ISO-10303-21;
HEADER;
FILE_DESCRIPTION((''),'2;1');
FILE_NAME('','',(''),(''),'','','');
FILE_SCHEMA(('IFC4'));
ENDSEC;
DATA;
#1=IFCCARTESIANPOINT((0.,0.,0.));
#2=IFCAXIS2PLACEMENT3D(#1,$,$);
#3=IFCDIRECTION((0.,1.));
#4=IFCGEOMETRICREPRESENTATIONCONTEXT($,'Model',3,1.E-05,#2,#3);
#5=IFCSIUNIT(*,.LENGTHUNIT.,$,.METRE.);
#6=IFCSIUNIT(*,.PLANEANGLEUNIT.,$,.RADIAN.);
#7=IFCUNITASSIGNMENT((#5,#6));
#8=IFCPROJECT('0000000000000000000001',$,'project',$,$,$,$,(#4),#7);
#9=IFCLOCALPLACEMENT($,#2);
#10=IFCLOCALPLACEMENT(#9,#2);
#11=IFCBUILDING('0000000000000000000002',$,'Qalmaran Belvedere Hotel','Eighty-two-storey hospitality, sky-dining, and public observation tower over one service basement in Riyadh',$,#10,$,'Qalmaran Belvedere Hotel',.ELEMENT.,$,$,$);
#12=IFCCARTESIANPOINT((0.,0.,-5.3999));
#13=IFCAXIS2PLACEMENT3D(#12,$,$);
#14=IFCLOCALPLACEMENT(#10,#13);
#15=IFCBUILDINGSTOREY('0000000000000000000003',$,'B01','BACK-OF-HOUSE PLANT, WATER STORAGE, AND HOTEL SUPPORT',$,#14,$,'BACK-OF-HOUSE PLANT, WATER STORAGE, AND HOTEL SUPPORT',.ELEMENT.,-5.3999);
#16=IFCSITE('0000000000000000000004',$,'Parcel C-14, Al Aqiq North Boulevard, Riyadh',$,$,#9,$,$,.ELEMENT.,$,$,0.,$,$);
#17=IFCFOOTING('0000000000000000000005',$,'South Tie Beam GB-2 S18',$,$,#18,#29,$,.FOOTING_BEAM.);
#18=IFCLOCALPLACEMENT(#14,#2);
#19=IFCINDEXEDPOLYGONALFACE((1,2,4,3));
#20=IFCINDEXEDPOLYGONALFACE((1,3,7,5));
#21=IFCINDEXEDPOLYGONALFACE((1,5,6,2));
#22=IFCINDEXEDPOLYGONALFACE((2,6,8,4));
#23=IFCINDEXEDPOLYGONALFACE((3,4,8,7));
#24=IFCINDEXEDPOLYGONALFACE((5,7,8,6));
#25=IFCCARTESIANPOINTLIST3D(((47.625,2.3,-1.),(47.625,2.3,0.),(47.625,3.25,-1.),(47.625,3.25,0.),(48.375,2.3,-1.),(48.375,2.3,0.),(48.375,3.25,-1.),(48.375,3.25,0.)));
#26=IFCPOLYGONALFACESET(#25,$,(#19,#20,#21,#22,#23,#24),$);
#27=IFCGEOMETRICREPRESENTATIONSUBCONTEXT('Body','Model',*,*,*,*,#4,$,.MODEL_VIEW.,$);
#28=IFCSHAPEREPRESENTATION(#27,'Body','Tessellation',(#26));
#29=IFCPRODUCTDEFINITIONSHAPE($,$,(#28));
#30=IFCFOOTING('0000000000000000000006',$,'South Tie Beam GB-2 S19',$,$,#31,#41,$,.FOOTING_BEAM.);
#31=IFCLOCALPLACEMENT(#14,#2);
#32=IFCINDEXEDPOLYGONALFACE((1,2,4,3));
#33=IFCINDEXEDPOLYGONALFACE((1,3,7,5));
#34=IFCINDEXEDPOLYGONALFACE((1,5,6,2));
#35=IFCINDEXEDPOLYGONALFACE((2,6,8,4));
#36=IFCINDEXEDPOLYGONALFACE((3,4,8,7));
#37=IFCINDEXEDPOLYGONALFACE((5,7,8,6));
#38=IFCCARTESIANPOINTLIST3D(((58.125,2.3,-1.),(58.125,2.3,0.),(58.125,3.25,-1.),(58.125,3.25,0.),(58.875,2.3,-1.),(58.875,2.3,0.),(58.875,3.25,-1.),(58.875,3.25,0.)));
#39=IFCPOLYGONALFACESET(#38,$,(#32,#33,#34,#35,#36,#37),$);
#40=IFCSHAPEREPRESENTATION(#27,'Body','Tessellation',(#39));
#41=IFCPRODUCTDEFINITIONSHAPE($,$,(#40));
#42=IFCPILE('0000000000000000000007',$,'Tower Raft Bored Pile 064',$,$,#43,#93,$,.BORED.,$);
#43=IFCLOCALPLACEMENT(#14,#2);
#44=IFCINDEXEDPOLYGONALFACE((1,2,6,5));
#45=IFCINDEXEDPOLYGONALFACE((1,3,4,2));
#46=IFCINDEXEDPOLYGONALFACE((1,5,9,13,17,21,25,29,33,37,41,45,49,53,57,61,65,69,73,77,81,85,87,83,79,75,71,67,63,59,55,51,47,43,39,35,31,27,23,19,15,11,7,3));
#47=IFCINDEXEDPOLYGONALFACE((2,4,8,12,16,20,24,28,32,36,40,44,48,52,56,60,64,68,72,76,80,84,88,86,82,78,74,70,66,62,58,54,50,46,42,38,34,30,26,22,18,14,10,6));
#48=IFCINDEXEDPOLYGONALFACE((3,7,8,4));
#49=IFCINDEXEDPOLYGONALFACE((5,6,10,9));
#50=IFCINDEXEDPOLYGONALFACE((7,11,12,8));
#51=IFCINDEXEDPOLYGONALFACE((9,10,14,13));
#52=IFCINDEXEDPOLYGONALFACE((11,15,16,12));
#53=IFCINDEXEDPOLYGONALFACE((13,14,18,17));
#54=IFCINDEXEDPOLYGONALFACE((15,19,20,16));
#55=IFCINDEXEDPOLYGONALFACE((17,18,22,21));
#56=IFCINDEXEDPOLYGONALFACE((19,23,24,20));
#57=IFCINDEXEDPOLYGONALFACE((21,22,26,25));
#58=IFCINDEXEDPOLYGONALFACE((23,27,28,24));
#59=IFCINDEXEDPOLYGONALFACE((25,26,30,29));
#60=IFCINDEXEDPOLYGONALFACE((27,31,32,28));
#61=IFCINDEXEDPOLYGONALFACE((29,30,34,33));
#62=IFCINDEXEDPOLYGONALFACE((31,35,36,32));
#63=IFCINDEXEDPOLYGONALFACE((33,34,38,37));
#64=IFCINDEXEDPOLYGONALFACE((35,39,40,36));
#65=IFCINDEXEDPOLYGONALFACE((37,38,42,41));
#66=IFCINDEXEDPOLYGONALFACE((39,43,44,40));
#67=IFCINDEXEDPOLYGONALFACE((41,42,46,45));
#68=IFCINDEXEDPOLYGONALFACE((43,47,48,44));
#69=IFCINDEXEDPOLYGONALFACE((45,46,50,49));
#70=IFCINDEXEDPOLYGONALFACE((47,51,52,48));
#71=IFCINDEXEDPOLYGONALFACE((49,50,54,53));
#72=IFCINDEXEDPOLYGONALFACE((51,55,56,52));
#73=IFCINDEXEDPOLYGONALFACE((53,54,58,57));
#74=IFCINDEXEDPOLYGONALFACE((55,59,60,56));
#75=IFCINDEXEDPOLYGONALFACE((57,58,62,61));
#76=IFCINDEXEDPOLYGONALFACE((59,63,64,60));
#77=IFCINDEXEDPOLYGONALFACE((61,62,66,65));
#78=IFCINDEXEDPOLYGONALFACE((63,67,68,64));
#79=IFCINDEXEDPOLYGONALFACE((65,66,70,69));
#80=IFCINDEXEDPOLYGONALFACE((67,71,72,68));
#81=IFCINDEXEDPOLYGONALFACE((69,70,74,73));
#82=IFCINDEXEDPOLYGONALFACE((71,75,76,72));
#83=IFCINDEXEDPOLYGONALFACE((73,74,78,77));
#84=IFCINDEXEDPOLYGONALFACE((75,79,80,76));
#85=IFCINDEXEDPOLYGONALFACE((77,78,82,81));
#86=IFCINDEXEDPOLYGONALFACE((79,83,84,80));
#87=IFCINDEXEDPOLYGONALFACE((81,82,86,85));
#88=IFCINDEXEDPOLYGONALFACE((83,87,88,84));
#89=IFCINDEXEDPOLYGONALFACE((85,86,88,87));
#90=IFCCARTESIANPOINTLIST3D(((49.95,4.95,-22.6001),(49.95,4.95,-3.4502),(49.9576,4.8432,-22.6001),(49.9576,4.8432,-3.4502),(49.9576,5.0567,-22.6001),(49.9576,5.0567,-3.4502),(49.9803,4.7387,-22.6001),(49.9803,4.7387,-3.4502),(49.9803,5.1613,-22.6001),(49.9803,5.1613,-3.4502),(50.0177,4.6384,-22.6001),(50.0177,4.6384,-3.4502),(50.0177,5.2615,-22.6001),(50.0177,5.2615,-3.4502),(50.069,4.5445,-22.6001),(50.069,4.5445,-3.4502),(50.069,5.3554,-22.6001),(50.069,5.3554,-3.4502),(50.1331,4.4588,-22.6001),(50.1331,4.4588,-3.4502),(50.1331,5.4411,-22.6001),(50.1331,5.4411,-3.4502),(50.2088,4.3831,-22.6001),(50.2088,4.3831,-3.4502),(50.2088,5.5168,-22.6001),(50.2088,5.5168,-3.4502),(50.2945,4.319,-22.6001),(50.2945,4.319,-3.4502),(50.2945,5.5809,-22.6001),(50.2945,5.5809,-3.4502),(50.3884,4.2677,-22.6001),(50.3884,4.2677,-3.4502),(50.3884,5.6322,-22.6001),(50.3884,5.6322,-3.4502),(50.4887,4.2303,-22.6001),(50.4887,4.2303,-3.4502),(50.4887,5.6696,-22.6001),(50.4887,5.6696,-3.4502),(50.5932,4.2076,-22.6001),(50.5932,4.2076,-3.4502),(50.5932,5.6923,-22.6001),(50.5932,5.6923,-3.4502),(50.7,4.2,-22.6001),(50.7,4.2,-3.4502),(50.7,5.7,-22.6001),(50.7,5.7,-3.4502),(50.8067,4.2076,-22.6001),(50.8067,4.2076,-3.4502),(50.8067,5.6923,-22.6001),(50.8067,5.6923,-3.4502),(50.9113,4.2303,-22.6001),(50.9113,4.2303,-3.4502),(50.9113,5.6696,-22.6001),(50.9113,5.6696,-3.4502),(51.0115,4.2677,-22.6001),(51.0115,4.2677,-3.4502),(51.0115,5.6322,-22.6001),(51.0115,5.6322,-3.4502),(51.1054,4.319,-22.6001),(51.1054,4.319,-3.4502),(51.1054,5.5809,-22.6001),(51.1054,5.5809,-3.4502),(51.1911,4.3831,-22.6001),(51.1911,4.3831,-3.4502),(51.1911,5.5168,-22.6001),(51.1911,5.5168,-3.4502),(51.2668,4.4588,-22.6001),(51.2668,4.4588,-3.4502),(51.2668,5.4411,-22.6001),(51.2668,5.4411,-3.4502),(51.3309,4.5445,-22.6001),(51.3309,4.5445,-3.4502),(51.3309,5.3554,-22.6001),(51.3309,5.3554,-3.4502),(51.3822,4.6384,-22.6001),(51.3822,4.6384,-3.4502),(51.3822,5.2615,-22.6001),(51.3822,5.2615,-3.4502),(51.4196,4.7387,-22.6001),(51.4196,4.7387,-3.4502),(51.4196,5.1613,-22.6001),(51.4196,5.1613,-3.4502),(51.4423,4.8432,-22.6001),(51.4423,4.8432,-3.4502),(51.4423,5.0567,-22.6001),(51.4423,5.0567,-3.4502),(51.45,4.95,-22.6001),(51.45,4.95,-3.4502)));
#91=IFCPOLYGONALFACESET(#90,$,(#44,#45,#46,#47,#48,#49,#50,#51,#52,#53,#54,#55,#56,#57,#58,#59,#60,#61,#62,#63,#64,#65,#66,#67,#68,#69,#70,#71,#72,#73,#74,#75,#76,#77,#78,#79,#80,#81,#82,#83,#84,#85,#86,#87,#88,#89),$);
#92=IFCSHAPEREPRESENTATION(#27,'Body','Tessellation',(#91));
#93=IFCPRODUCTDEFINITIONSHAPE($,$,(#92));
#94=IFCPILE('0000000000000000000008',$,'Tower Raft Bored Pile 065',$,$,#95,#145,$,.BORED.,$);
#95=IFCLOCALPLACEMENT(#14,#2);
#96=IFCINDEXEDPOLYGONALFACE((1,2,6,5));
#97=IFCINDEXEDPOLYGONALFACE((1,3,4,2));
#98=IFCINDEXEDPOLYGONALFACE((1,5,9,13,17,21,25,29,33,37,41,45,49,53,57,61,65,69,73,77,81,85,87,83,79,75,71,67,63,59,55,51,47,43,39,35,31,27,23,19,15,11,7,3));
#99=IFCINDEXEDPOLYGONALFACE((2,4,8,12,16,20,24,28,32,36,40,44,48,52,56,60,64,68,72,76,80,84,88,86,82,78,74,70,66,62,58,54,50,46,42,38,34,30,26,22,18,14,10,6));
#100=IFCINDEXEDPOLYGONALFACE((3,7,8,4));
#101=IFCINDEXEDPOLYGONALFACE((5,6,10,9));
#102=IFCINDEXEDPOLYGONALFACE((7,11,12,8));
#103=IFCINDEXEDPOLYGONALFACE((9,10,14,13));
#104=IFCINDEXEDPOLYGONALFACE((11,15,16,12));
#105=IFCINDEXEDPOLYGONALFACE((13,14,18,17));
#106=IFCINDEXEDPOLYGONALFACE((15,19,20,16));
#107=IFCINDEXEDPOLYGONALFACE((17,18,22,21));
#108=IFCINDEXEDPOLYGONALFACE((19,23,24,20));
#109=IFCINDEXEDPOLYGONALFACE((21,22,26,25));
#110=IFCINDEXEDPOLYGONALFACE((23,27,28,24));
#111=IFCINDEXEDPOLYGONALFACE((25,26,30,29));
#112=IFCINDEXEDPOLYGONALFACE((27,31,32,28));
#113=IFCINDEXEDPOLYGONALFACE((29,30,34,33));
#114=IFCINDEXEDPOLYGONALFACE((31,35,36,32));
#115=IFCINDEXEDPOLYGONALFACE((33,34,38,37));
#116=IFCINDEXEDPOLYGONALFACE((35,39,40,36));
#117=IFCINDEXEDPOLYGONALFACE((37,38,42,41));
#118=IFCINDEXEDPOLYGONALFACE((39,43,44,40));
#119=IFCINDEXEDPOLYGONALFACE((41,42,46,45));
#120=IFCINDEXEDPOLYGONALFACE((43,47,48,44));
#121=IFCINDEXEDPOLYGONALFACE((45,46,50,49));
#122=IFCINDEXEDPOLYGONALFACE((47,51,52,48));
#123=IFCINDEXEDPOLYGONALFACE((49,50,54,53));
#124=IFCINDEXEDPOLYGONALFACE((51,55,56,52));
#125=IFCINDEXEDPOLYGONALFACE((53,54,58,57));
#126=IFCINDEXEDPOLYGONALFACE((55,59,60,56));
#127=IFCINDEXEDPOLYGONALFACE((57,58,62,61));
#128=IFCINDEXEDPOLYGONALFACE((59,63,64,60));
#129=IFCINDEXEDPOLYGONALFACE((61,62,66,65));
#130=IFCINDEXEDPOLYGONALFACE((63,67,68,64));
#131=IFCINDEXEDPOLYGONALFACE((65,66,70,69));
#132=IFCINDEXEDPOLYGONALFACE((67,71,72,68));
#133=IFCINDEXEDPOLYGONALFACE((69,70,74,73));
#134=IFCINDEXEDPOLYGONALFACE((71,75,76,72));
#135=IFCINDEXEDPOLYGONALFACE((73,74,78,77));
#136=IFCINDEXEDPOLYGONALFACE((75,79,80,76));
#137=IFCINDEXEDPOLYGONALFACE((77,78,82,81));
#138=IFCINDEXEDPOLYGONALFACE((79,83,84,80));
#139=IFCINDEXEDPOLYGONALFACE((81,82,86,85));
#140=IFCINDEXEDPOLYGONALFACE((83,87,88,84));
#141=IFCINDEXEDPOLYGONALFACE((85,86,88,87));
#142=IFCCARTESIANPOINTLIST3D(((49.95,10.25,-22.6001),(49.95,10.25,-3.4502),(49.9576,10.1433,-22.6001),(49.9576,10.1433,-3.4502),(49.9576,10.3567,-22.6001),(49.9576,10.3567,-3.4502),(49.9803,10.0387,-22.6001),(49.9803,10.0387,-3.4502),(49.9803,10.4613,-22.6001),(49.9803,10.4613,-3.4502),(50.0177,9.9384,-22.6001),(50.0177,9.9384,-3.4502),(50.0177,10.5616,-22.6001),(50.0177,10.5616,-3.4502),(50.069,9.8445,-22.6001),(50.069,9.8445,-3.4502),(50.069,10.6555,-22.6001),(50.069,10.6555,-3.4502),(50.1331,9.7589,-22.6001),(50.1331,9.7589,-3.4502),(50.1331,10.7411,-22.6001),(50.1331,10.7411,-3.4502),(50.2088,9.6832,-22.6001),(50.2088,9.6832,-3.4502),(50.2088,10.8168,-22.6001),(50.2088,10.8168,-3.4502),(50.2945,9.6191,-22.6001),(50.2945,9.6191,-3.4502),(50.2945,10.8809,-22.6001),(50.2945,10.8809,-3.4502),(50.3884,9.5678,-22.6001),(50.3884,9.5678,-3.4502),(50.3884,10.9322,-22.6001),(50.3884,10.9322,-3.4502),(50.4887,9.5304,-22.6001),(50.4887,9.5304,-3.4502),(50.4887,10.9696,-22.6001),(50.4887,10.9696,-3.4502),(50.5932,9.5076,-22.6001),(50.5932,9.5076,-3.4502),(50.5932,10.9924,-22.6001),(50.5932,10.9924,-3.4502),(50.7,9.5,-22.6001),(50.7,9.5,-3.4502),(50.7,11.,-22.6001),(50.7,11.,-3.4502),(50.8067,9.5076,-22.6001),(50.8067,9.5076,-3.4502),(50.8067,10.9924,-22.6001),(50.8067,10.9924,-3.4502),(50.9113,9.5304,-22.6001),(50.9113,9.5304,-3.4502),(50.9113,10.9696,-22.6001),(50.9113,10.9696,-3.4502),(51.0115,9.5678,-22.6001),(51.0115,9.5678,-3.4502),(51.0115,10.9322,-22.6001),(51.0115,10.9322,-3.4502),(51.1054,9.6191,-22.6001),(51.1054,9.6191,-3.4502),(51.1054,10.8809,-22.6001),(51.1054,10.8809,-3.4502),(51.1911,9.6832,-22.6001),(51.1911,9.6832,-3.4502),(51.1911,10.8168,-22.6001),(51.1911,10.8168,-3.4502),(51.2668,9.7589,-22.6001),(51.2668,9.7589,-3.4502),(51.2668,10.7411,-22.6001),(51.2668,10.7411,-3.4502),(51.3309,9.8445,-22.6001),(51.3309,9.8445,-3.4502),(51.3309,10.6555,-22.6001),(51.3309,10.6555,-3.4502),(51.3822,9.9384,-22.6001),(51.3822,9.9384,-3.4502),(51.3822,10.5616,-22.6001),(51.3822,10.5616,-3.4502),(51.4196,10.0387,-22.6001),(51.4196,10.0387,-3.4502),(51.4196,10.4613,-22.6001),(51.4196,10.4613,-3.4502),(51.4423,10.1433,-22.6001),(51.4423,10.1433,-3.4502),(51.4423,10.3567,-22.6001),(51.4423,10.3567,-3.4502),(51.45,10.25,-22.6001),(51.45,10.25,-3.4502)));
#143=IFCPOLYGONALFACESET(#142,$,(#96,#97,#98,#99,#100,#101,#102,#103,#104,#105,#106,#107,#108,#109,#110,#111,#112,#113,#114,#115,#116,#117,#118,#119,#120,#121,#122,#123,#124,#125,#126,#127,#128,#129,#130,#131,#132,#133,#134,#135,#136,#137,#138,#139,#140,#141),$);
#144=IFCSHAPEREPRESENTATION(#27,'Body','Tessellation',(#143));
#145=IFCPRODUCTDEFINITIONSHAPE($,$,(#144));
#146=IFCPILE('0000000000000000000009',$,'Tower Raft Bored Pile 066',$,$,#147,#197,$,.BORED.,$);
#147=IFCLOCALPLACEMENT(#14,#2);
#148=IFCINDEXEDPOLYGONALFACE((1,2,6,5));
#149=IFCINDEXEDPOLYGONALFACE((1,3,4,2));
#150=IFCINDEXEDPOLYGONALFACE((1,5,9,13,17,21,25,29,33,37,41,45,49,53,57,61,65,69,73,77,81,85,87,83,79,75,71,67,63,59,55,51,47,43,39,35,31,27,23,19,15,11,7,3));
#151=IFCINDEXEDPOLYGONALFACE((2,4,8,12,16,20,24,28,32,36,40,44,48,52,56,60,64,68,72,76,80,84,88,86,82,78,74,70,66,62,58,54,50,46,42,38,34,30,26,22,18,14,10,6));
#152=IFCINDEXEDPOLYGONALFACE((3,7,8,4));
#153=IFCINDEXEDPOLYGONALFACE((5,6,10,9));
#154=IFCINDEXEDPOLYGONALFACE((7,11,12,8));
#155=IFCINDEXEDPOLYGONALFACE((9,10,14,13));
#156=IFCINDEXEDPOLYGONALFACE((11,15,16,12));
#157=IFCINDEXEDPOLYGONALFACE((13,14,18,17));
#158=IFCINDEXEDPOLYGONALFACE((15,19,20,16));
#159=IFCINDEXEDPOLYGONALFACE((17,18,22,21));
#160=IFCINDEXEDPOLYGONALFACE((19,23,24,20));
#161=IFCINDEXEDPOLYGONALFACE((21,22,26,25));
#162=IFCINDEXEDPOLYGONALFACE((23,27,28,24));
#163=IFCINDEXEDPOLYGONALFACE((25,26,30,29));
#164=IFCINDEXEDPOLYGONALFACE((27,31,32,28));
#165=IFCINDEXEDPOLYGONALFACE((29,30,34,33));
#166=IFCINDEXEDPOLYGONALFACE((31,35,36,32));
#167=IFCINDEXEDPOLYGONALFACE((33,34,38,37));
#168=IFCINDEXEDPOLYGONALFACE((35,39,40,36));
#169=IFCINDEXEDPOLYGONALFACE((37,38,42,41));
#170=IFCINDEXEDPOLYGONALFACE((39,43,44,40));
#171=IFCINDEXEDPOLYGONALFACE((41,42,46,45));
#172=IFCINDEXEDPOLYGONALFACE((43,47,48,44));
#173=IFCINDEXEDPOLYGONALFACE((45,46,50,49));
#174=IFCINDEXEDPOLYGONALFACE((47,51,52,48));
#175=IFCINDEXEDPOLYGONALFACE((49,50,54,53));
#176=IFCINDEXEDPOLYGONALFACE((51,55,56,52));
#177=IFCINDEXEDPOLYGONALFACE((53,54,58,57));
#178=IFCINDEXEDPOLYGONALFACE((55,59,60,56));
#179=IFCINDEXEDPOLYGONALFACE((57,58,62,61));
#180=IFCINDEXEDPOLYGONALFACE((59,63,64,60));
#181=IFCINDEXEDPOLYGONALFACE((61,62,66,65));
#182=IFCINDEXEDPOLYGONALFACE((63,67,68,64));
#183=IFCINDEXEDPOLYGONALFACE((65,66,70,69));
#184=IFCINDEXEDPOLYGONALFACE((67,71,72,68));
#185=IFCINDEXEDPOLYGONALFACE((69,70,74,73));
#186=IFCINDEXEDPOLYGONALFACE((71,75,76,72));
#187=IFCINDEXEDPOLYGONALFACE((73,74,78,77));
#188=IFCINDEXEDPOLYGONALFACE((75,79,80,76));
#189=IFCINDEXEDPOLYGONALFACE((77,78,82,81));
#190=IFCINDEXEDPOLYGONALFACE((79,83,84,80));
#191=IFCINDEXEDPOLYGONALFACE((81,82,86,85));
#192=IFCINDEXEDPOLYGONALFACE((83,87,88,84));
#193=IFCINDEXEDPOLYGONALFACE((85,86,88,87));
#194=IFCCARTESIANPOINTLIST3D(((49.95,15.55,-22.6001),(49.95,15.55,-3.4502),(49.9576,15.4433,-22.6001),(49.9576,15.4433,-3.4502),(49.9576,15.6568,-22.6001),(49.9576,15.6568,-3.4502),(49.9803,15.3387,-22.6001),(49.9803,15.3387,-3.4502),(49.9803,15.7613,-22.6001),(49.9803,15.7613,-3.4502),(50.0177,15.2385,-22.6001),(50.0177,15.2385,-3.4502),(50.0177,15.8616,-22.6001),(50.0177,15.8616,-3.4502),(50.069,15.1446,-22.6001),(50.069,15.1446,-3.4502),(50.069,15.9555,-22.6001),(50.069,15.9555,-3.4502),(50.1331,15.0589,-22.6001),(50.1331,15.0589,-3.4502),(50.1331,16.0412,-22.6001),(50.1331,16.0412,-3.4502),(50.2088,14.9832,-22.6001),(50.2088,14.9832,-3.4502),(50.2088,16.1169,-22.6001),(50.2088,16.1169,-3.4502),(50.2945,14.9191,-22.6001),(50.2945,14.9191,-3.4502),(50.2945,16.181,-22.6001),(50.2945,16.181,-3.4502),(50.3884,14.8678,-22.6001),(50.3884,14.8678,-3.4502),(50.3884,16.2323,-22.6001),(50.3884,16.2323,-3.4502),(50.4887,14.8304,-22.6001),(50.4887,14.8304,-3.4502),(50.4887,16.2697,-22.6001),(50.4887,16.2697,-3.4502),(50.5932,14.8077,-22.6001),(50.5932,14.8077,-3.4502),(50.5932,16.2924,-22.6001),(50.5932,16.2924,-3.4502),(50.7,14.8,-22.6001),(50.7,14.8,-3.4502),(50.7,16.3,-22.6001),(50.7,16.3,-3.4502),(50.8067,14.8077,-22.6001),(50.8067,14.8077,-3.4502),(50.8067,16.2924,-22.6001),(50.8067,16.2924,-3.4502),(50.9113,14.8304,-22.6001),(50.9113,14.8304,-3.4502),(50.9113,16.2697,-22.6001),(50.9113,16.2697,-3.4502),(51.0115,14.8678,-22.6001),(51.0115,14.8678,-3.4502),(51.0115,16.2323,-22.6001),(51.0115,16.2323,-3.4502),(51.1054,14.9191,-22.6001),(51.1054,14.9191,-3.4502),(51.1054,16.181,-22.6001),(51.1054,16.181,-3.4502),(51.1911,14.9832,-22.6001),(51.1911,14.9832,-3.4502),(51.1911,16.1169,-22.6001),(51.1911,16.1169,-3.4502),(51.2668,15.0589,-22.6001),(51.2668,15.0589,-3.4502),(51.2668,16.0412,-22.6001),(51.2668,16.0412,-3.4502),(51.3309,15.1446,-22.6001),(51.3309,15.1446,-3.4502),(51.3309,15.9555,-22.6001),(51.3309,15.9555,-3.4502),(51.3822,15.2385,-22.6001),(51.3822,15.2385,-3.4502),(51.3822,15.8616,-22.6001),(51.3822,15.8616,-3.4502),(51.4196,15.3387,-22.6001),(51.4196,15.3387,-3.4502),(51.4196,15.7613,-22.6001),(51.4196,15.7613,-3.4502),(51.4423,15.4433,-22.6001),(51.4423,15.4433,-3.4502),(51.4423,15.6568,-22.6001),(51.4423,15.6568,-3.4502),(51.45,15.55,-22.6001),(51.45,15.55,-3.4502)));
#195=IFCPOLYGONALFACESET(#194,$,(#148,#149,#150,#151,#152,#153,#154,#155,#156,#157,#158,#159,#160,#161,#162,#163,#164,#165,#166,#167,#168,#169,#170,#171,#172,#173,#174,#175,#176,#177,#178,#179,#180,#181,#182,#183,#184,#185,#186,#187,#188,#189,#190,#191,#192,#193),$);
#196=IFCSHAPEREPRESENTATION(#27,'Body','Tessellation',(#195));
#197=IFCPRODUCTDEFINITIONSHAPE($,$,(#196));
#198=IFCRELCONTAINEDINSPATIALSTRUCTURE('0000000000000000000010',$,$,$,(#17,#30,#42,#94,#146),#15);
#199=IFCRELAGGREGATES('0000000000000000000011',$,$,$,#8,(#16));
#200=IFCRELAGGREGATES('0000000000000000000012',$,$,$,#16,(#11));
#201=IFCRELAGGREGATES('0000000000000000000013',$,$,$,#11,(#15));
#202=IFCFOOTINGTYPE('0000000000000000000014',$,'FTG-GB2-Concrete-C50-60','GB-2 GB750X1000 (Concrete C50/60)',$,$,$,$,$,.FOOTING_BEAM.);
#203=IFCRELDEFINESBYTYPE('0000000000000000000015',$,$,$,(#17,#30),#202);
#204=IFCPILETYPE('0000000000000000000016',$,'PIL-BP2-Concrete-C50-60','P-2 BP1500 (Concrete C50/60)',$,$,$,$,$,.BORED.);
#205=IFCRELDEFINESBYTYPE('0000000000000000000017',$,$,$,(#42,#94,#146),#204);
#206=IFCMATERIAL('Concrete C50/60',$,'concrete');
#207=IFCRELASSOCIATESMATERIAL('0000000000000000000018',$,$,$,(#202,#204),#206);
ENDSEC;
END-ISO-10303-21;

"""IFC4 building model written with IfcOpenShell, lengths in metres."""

from ifc_helpers import new_model, si_unit, direction, frame, origin, origin_2d, place, context, subcontext, project, spatial, rectangle, circle, extrude, material, material_profile, profile_set, type_object, element, save


model = new_model("IFC4")

# Units and contexts
model_context = context("Model", 3, precision=1e-05, world=origin(), true_north=direction((0.0, 1.0)))
body_context = subcontext(model_context, "Body", "Model", "MODEL_VIEW")
ifc_project = project(units=[si_unit("LENGTHUNIT", "METRE"), si_unit("PLANEANGLEUNIT", "RADIAN")], contexts=[model_context])

# Site, building, storey
site_placement = place(None, origin())
site = spatial("IfcSite", under=ifc_project, at=site_placement, Name="Parcel C-14, Al Aqiq North Boulevard, Riyadh", CompositionType="ELEMENT", RefElevation=0.0)
building_placement = place(site_placement, origin())
building = spatial("IfcBuilding", under=site, at=building_placement, Name="Qalmaran Belvedere Hotel", Description="Eighty-two-storey hospitality, sky-dining, and public observation tower over one service basement in Riyadh", LongName="Qalmaran Belvedere Hotel", CompositionType="ELEMENT")
storey_placement = place(building_placement, frame((0.0, 0.0, -5.3999)))
storey = spatial("IfcBuildingStorey", under=building, at=storey_placement, Name="B01", Description="BACK-OF-HOUSE PLANT, WATER STORAGE, AND HOTEL SUPPORT", LongName="BACK-OF-HOUSE PLANT, WATER STORAGE, AND HOTEL SUPPORT", CompositionType="ELEMENT", Elevation=-5.3999)

# Footings
ifc_material_1 = material(Name="Concrete C50/60", Category="concrete")
ifc_material_profile_1 = material_profile(ifc_material_1, rectangle(XDim=0.75, YDim=1.0, at=origin_2d()), Name="GB750X1000")
ifc_profile_set_1 = profile_set([ifc_material_profile_1], Name="Concrete C50/60")
footing_type = type_object("IfcFootingType", Name="FTG-GB2-Concrete-C50-60", Description="GB-2 GB750X1000 (Concrete C50/60)", PredefinedType="FOOTING_BEAM", material=ifc_profile_set_1)
for number, where, z_axis, x_axis, name in (
    (1, (48.0, 2.3, -0.5), (0.0, 1.0, 0.0), (-1.0, 0.0, 0.0), "South Tie Beam GB-2 S18"),
    (2, (58.5, 2.3, -0.5), (0.0, 1.0, 0.0), (-1.0, 0.0, 0.0), "South Tie Beam GB-2 S19"),
):
    element("IfcFooting", number, at=place(storey_placement, frame(where, z_axis=z_axis, x_axis=x_axis)), inside=storey, type_object=footing_type, Name=name, PredefinedType="FOOTING_BEAM", context=body_context, shape_type="SweptSolid", body=[
        extrude(rectangle(XDim=0.75, YDim=1.0, at=origin_2d()), origin(), (0.0, 0.0, 1.0), 0.95),
    ])

# Piles
ifc_material_profile_2 = material_profile(ifc_material_1, circle(Radius=0.75, at=origin_2d()), Name="BP1500")
ifc_profile_set_2 = profile_set([ifc_material_profile_2], Name="Concrete C50/60")
pile_type_1 = type_object("IfcPileType", Name="PIL-BP2-Concrete-C50-60", Description="P-2 BP1500 (Concrete C50/60)", PredefinedType="BORED", material=ifc_profile_set_2)
for number, where, z_axis, x_axis, name in (
    (3, (50.7, 4.95, -3.4502), (0.0, 0.0, -1.0), (1.0, 0.0, 0.0), "Tower Raft Bored Pile 064"),
    (4, (50.7, 10.25, -3.4502), (0.0, 0.0, -1.0), (1.0, 0.0, 0.0), "Tower Raft Bored Pile 065"),
    (5, (50.7, 15.55, -3.4502), (0.0, 0.0, -1.0), (1.0, 0.0, 0.0), "Tower Raft Bored Pile 066"),
):
    element("IfcPile", number, at=place(storey_placement, frame(where, z_axis=z_axis, x_axis=x_axis)), inside=storey, type_object=pile_type_1, Name=name, PredefinedType="BORED", context=body_context, shape_type="SweptSolid", body=[
        extrude(circle(Radius=0.75, at=origin_2d()), origin(), (0.0, 0.0, 1.0), 19.1499),
    ])

save(model, "model.ifc")
